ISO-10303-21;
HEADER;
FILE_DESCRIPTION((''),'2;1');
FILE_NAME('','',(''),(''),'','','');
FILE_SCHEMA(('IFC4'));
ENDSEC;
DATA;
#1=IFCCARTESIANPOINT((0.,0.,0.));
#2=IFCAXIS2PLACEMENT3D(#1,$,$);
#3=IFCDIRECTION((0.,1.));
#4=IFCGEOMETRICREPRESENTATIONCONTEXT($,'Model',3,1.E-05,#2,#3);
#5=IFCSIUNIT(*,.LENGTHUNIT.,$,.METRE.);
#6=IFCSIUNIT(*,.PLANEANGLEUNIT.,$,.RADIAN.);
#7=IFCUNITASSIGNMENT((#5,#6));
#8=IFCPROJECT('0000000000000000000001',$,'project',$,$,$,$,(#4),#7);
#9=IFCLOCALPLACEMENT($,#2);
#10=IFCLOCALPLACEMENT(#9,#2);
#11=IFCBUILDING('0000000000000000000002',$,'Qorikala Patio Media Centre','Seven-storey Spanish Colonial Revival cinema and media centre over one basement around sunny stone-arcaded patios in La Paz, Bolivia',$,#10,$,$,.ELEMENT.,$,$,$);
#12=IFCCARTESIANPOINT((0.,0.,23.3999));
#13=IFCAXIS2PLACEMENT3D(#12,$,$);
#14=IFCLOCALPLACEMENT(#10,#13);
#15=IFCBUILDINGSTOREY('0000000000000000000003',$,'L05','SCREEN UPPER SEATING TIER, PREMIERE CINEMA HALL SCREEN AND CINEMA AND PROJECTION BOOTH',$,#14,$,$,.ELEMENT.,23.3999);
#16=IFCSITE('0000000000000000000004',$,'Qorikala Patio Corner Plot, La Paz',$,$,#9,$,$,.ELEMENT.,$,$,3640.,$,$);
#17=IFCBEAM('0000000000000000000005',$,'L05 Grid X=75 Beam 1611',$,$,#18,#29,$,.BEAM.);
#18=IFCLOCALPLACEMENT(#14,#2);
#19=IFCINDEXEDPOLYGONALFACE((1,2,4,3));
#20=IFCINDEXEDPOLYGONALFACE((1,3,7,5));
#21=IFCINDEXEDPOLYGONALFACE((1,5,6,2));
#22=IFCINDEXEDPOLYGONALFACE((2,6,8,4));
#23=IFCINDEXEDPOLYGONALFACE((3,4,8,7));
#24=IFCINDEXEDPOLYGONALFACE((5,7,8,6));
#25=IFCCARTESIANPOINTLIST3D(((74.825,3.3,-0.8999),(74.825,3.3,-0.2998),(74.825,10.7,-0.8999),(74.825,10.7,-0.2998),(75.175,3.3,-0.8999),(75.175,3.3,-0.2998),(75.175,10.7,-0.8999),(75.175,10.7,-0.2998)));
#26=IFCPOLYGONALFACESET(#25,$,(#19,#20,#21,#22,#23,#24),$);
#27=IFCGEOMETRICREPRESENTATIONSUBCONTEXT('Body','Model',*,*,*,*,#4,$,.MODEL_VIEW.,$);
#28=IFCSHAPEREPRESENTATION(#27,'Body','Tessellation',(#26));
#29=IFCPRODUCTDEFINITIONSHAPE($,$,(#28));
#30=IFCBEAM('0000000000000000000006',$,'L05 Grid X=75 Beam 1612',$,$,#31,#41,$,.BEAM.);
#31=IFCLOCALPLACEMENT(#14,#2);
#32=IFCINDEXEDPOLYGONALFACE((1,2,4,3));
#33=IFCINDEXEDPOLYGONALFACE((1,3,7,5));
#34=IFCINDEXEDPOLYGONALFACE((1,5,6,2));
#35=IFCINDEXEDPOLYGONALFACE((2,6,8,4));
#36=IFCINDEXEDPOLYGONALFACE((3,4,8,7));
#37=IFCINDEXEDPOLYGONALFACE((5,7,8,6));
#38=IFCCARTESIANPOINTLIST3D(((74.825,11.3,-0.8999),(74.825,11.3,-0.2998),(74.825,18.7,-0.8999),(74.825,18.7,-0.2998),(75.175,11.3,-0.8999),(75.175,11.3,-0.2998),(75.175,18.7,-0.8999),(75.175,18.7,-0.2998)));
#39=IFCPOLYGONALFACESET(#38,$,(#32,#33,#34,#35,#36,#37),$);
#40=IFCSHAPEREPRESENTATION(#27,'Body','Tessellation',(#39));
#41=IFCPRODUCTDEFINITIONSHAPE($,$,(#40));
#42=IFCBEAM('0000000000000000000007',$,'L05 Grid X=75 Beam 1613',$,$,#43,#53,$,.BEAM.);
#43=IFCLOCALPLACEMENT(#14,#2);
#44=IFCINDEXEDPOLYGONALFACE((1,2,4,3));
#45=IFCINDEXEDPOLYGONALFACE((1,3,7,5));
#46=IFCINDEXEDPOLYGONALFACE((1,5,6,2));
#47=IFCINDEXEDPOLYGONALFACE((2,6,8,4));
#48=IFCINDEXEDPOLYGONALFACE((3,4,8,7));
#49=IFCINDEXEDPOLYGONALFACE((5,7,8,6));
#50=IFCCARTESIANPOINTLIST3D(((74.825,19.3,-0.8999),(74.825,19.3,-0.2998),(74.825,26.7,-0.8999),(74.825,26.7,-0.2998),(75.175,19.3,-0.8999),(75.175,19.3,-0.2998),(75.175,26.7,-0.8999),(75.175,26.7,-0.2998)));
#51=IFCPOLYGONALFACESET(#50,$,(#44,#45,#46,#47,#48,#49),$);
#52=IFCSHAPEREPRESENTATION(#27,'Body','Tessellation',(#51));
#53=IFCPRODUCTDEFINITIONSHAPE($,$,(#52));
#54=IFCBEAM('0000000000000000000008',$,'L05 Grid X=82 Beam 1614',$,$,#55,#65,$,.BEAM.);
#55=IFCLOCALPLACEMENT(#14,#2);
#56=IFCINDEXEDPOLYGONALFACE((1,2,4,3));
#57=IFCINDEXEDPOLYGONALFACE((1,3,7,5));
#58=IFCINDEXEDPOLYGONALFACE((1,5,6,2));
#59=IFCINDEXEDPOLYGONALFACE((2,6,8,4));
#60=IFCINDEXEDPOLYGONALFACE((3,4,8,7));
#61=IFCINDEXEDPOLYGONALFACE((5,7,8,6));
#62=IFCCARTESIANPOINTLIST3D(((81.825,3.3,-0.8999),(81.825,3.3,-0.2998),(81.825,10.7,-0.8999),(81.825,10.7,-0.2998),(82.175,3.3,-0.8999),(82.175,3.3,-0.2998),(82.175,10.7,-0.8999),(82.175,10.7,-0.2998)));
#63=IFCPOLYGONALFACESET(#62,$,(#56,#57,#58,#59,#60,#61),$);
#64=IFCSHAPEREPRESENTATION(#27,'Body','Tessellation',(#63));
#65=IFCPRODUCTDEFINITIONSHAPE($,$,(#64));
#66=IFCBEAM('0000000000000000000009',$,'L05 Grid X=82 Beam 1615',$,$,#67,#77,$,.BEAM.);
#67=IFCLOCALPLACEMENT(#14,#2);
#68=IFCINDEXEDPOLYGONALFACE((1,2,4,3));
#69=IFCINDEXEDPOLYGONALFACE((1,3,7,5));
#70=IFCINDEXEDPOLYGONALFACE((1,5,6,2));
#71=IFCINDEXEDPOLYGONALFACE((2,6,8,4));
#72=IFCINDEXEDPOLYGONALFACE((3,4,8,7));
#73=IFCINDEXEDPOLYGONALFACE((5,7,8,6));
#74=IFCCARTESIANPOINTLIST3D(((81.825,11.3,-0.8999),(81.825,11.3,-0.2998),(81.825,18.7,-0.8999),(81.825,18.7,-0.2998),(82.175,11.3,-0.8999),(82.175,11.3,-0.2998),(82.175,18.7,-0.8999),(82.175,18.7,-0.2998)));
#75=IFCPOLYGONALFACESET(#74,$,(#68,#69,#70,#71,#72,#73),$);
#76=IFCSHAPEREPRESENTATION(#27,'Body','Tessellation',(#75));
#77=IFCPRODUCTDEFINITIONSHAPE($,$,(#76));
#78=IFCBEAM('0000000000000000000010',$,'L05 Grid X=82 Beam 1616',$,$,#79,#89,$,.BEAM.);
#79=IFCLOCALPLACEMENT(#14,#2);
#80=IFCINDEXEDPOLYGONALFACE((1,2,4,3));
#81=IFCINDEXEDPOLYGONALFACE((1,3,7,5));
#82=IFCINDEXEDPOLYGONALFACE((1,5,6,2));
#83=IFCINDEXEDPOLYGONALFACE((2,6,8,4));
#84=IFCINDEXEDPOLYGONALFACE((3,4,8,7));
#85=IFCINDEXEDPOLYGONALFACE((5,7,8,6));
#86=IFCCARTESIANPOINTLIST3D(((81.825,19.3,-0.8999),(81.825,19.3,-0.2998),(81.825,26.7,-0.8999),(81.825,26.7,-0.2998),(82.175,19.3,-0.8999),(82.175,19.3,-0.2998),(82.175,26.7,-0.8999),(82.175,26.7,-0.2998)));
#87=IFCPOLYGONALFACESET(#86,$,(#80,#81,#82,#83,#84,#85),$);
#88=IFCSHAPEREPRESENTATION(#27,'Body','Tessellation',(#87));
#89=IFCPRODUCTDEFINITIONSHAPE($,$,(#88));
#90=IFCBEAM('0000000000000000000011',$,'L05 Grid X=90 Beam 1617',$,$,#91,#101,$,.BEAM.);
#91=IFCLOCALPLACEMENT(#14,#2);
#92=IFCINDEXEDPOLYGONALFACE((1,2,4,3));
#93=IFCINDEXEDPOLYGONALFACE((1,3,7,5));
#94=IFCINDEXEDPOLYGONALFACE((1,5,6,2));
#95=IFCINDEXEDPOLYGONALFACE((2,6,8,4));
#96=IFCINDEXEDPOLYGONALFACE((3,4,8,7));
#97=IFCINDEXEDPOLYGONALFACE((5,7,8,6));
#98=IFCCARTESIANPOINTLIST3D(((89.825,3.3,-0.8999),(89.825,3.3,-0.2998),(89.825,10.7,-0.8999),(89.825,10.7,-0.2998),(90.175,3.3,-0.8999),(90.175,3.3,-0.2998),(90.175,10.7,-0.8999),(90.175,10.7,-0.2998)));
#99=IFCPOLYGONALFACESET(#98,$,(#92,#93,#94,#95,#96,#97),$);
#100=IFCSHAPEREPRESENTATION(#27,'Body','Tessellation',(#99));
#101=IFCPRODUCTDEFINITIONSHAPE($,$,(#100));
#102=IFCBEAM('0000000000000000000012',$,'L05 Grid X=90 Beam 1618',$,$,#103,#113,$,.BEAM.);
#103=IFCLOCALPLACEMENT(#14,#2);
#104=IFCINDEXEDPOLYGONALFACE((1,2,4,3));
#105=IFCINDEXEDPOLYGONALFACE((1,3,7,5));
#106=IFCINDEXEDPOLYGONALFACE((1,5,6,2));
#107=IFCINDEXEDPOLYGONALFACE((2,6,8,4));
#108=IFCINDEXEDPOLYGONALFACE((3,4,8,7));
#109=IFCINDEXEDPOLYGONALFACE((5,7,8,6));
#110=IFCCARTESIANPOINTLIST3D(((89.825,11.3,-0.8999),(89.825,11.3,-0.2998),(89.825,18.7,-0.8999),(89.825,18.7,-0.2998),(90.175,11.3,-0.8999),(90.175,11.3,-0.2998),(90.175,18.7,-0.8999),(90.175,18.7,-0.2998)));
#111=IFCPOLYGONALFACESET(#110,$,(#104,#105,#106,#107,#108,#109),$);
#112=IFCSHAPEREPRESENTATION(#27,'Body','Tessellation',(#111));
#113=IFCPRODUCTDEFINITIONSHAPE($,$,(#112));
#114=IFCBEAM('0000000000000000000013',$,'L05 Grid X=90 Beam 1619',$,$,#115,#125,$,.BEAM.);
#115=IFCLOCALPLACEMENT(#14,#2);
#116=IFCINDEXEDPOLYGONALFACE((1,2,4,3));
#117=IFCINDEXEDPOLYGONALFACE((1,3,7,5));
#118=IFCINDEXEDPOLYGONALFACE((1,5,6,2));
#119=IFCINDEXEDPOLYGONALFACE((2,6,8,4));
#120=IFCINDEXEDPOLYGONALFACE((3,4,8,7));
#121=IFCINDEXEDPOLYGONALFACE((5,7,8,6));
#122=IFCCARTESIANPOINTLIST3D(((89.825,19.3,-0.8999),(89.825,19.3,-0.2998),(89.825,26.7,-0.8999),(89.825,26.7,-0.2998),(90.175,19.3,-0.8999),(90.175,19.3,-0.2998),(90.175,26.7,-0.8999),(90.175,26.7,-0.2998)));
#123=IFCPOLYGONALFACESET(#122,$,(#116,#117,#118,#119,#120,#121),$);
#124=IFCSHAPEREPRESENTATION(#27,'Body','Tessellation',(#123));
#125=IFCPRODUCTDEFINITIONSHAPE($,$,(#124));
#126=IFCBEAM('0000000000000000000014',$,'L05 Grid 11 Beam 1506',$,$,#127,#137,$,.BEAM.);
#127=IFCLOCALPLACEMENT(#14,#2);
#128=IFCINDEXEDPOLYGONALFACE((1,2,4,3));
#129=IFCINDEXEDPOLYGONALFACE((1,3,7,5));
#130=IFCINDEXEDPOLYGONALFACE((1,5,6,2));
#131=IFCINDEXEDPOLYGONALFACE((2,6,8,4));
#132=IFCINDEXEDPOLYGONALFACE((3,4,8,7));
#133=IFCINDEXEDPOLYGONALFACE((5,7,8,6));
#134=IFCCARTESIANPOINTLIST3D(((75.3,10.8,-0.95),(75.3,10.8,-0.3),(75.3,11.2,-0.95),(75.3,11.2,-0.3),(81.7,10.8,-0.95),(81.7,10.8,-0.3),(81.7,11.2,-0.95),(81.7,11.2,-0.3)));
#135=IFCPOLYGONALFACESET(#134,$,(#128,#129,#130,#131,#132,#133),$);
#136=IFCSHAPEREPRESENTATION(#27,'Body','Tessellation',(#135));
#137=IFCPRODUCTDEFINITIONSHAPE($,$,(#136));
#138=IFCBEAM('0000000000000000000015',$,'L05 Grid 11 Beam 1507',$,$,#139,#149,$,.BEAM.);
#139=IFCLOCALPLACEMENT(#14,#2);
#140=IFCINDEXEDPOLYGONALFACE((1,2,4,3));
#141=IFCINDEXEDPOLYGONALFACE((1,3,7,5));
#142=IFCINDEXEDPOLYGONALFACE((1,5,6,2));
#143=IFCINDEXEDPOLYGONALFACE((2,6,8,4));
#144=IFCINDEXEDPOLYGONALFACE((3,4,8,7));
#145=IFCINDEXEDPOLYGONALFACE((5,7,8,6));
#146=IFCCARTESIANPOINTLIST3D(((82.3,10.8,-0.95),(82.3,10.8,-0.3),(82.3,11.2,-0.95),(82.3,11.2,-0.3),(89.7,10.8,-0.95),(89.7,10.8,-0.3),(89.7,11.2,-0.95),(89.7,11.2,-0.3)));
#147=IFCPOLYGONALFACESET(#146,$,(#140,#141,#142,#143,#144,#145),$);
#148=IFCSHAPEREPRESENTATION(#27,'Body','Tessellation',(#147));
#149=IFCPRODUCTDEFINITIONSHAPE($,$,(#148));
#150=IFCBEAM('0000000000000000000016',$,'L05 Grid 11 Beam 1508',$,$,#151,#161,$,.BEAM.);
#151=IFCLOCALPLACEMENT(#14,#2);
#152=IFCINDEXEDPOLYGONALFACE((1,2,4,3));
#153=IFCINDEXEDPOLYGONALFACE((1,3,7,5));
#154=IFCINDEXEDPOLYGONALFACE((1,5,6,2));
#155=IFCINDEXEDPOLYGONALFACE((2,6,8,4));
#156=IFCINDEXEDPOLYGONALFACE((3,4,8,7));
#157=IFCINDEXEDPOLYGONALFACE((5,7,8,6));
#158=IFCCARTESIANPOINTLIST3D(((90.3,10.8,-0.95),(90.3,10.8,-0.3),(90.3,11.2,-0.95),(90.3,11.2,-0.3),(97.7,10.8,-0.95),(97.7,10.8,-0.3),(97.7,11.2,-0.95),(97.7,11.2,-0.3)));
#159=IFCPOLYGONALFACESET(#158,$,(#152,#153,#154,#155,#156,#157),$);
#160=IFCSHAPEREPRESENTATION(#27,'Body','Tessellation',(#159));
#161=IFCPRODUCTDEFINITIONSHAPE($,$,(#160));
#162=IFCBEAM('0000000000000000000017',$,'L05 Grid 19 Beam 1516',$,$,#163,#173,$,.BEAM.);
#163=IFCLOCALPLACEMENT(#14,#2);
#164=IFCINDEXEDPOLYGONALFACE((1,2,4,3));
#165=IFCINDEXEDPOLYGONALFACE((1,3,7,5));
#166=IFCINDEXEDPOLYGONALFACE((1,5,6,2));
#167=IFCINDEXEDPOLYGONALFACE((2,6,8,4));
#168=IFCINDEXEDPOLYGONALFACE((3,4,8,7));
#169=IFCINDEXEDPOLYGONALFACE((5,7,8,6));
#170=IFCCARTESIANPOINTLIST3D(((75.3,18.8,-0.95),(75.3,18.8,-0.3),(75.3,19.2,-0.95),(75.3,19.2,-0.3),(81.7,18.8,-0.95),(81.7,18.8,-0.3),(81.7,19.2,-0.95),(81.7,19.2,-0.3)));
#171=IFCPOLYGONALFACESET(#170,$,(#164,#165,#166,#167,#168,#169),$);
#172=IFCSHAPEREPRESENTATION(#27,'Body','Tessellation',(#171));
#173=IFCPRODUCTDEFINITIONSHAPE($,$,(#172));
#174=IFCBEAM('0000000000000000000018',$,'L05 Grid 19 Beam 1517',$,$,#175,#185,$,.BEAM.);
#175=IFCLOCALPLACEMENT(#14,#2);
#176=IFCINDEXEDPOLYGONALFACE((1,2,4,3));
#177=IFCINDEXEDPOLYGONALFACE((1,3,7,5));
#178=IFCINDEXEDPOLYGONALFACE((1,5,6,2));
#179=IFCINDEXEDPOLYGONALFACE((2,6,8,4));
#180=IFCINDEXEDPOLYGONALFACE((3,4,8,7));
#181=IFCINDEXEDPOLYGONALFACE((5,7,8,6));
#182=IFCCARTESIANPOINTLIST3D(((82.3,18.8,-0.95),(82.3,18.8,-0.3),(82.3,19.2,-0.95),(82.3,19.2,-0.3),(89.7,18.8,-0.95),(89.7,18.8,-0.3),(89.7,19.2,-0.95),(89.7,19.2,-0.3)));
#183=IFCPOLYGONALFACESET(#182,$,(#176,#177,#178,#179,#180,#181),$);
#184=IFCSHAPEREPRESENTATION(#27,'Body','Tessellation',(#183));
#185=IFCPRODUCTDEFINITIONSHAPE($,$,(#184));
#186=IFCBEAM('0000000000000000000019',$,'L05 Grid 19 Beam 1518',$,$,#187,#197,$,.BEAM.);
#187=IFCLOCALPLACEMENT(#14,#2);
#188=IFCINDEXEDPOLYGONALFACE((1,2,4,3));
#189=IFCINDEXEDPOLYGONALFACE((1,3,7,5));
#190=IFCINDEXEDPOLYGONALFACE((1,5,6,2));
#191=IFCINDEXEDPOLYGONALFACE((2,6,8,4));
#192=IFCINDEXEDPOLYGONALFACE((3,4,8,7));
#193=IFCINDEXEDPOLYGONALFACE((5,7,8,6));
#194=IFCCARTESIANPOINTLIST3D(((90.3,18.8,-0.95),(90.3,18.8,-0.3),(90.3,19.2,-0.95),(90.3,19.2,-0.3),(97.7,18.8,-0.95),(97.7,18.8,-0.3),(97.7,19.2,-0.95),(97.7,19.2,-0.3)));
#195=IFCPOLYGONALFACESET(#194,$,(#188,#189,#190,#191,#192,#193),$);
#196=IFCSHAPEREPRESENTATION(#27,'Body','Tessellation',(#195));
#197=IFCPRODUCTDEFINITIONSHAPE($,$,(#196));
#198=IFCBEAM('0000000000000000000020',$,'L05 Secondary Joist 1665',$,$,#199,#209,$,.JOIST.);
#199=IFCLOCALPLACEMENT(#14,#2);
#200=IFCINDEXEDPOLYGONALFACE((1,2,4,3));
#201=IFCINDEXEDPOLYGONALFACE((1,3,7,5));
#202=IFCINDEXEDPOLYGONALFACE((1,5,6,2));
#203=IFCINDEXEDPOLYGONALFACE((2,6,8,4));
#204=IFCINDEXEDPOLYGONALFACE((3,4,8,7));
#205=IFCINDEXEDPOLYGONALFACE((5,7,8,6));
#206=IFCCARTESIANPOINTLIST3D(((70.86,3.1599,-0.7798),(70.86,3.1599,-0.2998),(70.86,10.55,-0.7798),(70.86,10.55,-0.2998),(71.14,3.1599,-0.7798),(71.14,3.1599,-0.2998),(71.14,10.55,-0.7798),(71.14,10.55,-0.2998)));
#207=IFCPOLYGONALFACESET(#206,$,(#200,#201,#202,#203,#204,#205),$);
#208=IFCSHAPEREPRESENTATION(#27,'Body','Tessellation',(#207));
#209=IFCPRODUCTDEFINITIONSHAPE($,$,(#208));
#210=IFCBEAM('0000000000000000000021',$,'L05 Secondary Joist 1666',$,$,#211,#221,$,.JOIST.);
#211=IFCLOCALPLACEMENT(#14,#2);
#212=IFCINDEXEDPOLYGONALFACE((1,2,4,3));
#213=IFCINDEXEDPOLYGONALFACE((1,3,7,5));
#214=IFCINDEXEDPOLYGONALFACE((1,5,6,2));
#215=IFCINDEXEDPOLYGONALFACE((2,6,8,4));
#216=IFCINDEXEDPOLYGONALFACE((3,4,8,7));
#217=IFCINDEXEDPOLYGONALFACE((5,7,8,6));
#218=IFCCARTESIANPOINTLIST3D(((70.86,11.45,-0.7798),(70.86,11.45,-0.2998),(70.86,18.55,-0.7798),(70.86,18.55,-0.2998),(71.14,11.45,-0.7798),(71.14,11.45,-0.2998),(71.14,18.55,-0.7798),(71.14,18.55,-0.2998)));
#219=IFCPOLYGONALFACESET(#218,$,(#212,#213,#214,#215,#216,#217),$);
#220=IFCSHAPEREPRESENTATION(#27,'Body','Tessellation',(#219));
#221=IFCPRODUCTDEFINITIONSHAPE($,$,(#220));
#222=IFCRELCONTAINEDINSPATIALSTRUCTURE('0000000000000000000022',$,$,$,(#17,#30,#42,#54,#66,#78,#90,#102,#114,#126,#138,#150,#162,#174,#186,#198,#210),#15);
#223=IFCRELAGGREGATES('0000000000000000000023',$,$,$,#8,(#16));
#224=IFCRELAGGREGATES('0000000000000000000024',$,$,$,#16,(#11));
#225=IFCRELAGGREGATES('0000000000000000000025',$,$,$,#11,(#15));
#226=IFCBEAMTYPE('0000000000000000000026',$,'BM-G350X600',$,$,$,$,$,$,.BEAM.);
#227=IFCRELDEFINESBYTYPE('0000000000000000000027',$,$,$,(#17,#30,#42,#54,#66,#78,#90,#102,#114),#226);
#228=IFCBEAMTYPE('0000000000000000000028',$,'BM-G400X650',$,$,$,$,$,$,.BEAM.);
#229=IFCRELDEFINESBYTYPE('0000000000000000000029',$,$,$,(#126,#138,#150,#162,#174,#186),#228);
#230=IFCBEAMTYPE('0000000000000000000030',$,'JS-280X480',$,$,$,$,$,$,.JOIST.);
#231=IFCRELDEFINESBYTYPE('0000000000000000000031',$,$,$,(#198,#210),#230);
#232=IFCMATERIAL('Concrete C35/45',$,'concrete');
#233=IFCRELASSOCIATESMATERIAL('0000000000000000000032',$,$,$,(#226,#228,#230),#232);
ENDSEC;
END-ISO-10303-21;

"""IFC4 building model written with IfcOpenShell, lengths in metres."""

from ifc_helpers import new_model, si_unit, direction, frame, origin, origin_2d, place, context, subcontext, project, spatial, rectangle, extrude, material, material_profile, profile_set, type_object, element, save


model = new_model("IFC4")

# Units and contexts
model_context = context("Model", 3, precision=1e-05, world=origin(), true_north=direction((0.0, 1.0)))
body_context = subcontext(model_context, "Body", "Model", "MODEL_VIEW")
ifc_project = project(units=[si_unit("LENGTHUNIT", "METRE"), si_unit("PLANEANGLEUNIT", "RADIAN")], contexts=[model_context])

# Site, building, storey
site_placement = place(None, origin())
site = spatial("IfcSite", under=ifc_project, at=site_placement, Name="Qorikala Patio Corner Plot, La Paz", CompositionType="ELEMENT", RefElevation=3640.0)
building_placement = place(site_placement, origin())
building = spatial("IfcBuilding", under=site, at=building_placement, Name="Qorikala Patio Media Centre", Description="Seven-storey Spanish Colonial Revival cinema and media centre over one basement around sunny stone-arcaded patios in La Paz, Bolivia", CompositionType="ELEMENT")
storey_placement = place(building_placement, frame((0.0, 0.0, 23.3999)))
storey = spatial("IfcBuildingStorey", under=building, at=storey_placement, Name="L05", Description="SCREEN UPPER SEATING TIER, PREMIERE CINEMA HALL SCREEN AND CINEMA AND PROJECTION BOOTH", CompositionType="ELEMENT", Elevation=23.3999)

# Beams
ifc_material_1 = material(Name="Concrete C35/45", Category="concrete")
ifc_material_profile_1 = material_profile(ifc_material_1, rectangle(XDim=0.3501, YDim=0.6001, at=origin_2d()), Name="RC 350x600")
ifc_profile_set_1 = profile_set([ifc_material_profile_1], Name="Concrete C35/45")
beam_type_1 = type_object("IfcBeamType", Name="BM-G350X600", PredefinedType="BEAM", material=ifc_profile_set_1)
for number, where, z_axis, x_axis, name in (
    (1, (75.0, 3.3, -0.5999), (0.0, 1.0, 0.0), (-1.0, 0.0, 0.0), "L05 Grid X=75 Beam 1611"),
    (2, (75.0, 11.3, -0.5999), (0.0, 1.0, 0.0), (-1.0, 0.0, 0.0), "L05 Grid X=75 Beam 1612"),
    (3, (75.0, 19.3, -0.5999), (0.0, 1.0, 0.0), (-1.0, 0.0, 0.0), "L05 Grid X=75 Beam 1613"),
    (4, (82.0, 3.3, -0.5999), (0.0, 1.0, 0.0), (-1.0, 0.0, 0.0), "L05 Grid X=82 Beam 1614"),
    (5, (82.0, 11.3, -0.5999), (0.0, 1.0, 0.0), (-1.0, 0.0, 0.0), "L05 Grid X=82 Beam 1615"),
    (6, (82.0, 19.3, -0.5999), (0.0, 1.0, 0.0), (-1.0, 0.0, 0.0), "L05 Grid X=82 Beam 1616"),
    (7, (90.0, 3.3, -0.5999), (0.0, 1.0, 0.0), (-1.0, 0.0, 0.0), "L05 Grid X=90 Beam 1617"),
    (8, (90.0, 11.3, -0.5999), (0.0, 1.0, 0.0), (-1.0, 0.0, 0.0), "L05 Grid X=90 Beam 1618"),
    (9, (90.0, 19.3, -0.5999), (0.0, 1.0, 0.0), (-1.0, 0.0, 0.0), "L05 Grid X=90 Beam 1619"),
):
    element("IfcBeam", number, at=place(storey_placement, frame(where, z_axis=z_axis, x_axis=x_axis)), inside=storey, type_object=beam_type_1, Name=name, PredefinedType="BEAM", context=body_context, shape_type="SweptSolid", body=[
        extrude(rectangle(XDim=0.3501, YDim=0.6001, at=origin_2d()), origin(), (0.0, 0.0, 1.0), 7.3999),
    ])
ifc_material_profile_2 = material_profile(ifc_material_1, rectangle(XDim=0.3999, YDim=0.6499, at=origin_2d()), Name="RC 400x650")
ifc_profile_set_2 = profile_set([ifc_material_profile_2], Name="Concrete C35/45")
beam_type_2 = type_object("IfcBeamType", Name="BM-G400X650", PredefinedType="BEAM", material=ifc_profile_set_2)
beam_1_placement = place(storey_placement, frame((75.3, 11.0, -0.625), z_axis=(1.0, 0.0, 0.0), x_axis=(0.0, 1.0, 0.0)))
element("IfcBeam", 10, at=beam_1_placement, inside=storey, type_object=beam_type_2, Name="L05 Grid 11 Beam 1506", PredefinedType="BEAM", context=body_context, shape_type="SweptSolid", body=[
    extrude(rectangle(XDim=0.3999, YDim=0.6499, at=origin_2d()), origin(), (0.0, 0.0, 1.0), 6.3999),
])
for number, where, z_axis, x_axis, name in (
    (11, (82.3, 11.0, -0.625), (1.0, 0.0, 0.0), (0.0, 1.0, 0.0), "L05 Grid 11 Beam 1507"),
    (12, (90.3, 11.0, -0.625), (1.0, 0.0, 0.0), (0.0, 1.0, 0.0), "L05 Grid 11 Beam 1508"),
):
    element("IfcBeam", number, at=place(storey_placement, frame(where, z_axis=z_axis, x_axis=x_axis)), inside=storey, type_object=beam_type_2, Name=name, PredefinedType="BEAM", context=body_context, shape_type="SweptSolid", body=[
        extrude(rectangle(XDim=0.3999, YDim=0.6499, at=origin_2d()), origin(), (0.0, 0.0, 1.0), 7.3999),
    ])
beam_2_placement = place(storey_placement, frame((75.3, 19.0, -0.625), z_axis=(1.0, 0.0, 0.0), x_axis=(0.0, 1.0, 0.0)))
element("IfcBeam", 13, at=beam_2_placement, inside=storey, type_object=beam_type_2, Name="L05 Grid 19 Beam 1516", PredefinedType="BEAM", context=body_context, shape_type="SweptSolid", body=[
    extrude(rectangle(XDim=0.3999, YDim=0.6499, at=origin_2d()), origin(), (0.0, 0.0, 1.0), 6.3999),
])
for number, where, z_axis, x_axis, name in (
    (14, (82.3, 19.0, -0.625), (1.0, 0.0, 0.0), (0.0, 1.0, 0.0), "L05 Grid 19 Beam 1517"),
    (15, (90.3, 19.0, -0.625), (1.0, 0.0, 0.0), (0.0, 1.0, 0.0), "L05 Grid 19 Beam 1518"),
):
    element("IfcBeam", number, at=place(storey_placement, frame(where, z_axis=z_axis, x_axis=x_axis)), inside=storey, type_object=beam_type_2, Name=name, PredefinedType="BEAM", context=body_context, shape_type="SweptSolid", body=[
        extrude(rectangle(XDim=0.3999, YDim=0.6499, at=origin_2d()), origin(), (0.0, 0.0, 1.0), 7.3999),
    ])
ifc_material_profile_3 = material_profile(ifc_material_1, rectangle(XDim=0.28, YDim=0.48, at=origin_2d()), Name="RC 280x480")
ifc_profile_set_3 = profile_set([ifc_material_profile_3], Name="Concrete C35/45")
beam_type_3 = type_object("IfcBeamType", Name="JS-280X480", PredefinedType="JOIST", material=ifc_profile_set_3)
beam_3_placement = place(storey_placement, frame((71.0, 3.1599, -0.5398), z_axis=(0.0, 1.0, 0.0), x_axis=(-1.0, 0.0, 0.0)))
element("IfcBeam", 16, at=beam_3_placement, inside=storey, type_object=beam_type_3, Name="L05 Secondary Joist 1665", PredefinedType="JOIST", context=body_context, shape_type="SweptSolid", body=[
    extrude(rectangle(XDim=0.28, YDim=0.48, at=origin_2d()), origin(), (0.0, 0.0, 1.0), 7.3901),
])
beam_4_placement = place(storey_placement, frame((71.0, 11.45, -0.5398), z_axis=(0.0, 1.0, 0.0), x_axis=(-1.0, 0.0, 0.0)))
element("IfcBeam", 17, at=beam_4_placement, inside=storey, type_object=beam_type_3, Name="L05 Secondary Joist 1666", PredefinedType="JOIST", context=body_context, shape_type="SweptSolid", body=[
    extrude(rectangle(XDim=0.28, YDim=0.48, at=origin_2d()), origin(), (0.0, 0.0, 1.0), 7.1001),
])

save(model, "model.ifc")
